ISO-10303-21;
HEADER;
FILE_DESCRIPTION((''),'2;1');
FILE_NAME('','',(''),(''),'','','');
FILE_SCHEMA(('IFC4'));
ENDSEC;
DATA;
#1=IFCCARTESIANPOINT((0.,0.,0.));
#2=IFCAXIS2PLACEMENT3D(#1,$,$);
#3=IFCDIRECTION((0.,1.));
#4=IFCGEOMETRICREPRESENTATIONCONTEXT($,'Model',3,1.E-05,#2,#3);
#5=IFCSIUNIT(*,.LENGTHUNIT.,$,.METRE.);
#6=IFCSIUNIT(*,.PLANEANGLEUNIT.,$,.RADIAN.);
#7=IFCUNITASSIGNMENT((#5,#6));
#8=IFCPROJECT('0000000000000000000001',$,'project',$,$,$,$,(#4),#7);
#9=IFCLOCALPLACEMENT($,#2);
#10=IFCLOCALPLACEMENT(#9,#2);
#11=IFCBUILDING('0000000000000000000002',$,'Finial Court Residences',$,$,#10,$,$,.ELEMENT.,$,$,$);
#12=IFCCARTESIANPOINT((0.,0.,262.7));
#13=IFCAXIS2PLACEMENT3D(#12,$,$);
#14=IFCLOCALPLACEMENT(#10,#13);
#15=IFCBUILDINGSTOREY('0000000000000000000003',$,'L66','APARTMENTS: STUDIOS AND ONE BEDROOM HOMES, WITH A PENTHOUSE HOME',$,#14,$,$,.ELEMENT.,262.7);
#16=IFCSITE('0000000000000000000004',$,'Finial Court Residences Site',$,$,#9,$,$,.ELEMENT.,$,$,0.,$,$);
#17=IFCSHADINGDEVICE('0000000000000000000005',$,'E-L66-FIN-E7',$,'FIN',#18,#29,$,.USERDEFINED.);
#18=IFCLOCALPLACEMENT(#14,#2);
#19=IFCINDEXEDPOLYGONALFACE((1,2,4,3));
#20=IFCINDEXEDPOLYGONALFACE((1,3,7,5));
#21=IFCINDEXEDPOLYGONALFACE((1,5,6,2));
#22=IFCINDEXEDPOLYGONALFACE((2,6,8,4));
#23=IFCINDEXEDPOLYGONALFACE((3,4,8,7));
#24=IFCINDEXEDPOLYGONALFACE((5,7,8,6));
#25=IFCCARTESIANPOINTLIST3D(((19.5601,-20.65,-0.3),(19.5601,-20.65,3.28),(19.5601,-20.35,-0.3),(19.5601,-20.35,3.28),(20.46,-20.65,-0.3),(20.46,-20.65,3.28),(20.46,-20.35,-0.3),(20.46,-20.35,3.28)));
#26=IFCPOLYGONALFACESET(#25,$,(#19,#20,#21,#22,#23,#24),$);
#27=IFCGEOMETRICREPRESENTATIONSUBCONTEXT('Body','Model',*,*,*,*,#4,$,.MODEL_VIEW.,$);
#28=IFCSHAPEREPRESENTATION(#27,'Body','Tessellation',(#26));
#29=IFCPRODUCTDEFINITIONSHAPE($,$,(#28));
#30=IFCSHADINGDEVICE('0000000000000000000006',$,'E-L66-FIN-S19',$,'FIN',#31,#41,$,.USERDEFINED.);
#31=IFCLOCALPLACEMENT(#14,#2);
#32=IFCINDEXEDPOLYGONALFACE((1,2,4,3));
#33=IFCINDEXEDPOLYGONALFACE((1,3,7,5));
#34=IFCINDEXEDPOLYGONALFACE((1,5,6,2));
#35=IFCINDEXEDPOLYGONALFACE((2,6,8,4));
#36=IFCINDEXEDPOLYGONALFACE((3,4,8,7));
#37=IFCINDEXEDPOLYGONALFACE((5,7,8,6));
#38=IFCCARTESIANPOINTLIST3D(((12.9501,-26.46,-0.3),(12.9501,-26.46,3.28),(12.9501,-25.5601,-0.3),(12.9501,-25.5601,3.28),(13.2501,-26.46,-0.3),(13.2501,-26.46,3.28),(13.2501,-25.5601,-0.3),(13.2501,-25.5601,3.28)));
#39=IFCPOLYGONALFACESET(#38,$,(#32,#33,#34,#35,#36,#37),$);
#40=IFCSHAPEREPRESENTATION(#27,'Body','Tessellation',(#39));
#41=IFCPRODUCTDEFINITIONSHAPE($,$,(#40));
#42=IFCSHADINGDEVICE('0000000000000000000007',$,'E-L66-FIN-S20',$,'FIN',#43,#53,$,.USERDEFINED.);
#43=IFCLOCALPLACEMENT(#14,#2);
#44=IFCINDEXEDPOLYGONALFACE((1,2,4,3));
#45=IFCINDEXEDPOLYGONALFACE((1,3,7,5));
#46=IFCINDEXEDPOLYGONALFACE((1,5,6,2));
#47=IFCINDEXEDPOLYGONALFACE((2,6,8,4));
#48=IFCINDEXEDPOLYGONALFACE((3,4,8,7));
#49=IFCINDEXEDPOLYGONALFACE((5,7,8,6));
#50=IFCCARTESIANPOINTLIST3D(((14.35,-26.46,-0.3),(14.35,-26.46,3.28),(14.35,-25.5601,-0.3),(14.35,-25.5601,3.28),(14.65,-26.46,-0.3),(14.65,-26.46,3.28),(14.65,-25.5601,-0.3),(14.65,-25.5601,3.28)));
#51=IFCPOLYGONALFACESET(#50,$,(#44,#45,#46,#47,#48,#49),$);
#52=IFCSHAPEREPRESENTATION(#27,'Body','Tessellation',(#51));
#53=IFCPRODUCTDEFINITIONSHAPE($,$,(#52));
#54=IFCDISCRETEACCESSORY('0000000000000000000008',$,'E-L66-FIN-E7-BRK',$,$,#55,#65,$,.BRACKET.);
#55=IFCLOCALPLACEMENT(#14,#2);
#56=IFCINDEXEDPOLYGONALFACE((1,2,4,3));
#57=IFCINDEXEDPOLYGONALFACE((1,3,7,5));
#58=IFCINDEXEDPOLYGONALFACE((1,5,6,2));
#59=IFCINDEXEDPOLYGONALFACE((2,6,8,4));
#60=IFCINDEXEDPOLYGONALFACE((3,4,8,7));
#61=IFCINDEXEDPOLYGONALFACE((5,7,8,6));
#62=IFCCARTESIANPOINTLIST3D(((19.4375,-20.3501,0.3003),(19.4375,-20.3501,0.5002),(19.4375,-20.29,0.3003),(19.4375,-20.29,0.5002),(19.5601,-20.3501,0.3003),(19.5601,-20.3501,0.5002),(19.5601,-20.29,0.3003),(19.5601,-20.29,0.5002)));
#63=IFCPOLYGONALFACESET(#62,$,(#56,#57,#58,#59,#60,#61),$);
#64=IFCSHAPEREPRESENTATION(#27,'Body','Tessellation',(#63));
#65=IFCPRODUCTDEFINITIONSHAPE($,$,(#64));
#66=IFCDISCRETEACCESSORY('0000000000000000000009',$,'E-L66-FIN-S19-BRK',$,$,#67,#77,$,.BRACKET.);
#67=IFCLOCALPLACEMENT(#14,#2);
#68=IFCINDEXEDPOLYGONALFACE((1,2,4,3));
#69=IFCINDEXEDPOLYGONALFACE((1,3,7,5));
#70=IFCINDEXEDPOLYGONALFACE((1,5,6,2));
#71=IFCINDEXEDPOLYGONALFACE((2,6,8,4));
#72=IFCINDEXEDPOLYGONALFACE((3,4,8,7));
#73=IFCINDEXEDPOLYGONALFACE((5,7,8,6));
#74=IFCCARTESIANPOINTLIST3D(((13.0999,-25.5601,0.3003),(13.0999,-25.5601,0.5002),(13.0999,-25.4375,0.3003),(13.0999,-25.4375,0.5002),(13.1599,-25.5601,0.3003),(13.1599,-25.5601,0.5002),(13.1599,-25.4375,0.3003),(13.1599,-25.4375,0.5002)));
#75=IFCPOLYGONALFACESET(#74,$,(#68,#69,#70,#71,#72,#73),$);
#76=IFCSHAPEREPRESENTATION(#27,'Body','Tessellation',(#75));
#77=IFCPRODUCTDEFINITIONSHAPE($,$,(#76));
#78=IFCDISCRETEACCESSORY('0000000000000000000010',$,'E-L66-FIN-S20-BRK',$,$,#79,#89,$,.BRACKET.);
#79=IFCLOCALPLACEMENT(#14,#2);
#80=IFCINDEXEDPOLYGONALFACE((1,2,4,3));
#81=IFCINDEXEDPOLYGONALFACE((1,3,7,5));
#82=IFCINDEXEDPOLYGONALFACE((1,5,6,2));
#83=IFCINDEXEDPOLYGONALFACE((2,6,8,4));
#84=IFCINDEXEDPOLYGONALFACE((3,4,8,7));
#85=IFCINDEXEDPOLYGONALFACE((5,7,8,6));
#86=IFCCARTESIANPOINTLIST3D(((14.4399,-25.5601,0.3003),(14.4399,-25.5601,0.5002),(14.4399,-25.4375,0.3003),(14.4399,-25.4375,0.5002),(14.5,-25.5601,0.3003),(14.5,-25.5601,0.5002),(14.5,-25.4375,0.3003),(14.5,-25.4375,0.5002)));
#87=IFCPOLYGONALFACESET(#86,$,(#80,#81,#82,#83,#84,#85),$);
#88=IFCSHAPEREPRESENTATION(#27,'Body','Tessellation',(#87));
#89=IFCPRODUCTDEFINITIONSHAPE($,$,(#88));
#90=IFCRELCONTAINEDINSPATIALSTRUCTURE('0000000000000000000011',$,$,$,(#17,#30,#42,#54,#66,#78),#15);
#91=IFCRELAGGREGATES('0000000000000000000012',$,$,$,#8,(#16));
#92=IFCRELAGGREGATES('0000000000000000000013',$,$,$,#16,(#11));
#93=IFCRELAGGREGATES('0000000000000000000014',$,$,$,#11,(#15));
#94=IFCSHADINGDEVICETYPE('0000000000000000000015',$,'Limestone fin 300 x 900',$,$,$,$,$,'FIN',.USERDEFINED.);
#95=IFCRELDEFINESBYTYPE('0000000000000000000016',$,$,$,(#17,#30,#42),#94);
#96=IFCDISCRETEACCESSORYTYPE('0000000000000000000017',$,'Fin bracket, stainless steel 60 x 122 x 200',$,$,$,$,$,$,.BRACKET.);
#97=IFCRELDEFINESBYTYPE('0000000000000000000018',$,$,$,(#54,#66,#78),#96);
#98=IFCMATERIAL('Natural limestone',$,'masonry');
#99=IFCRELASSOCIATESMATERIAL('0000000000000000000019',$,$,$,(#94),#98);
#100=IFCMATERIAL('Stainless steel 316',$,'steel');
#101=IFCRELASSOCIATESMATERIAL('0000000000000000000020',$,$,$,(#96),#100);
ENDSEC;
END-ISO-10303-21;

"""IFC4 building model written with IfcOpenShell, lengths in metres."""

from ifc_helpers import new_model, si_unit, direction, frame, origin, origin_2d, place, context, subcontext, project, spatial, rectangle, extrude, material, type_object, element, save


model = new_model("IFC4")

# Units and contexts
model_context = context("Model", 3, precision=1e-05, world=origin(), true_north=direction((0.0, 1.0)))
body_context = subcontext(model_context, "Body", "Model", "MODEL_VIEW")
ifc_project = project(units=[si_unit("LENGTHUNIT", "METRE"), si_unit("PLANEANGLEUNIT", "RADIAN")], contexts=[model_context])

# Site, building, storey
site_placement = place(None, origin())
site = spatial("IfcSite", under=ifc_project, at=site_placement, Name="Finial Court Residences Site", CompositionType="ELEMENT", RefElevation=0.0)
building_placement = place(site_placement, origin())
building = spatial("IfcBuilding", under=site, at=building_placement, Name="Finial Court Residences", CompositionType="ELEMENT")
storey_placement = place(building_placement, frame((0.0, 0.0, 262.7)))
storey = spatial("IfcBuildingStorey", under=building, at=storey_placement, Name="L66", Description="APARTMENTS: STUDIOS AND ONE BEDROOM HOMES, WITH A PENTHOUSE HOME", CompositionType="ELEMENT", Elevation=262.7)

# Shared definitions
ifc_material_1 = material(Name="Natural limestone", Category="masonry")

# Shading devices
shading_device_type = type_object("IfcShadingDeviceType", Name="Limestone fin 300 x 900", ElementType="FIN", PredefinedType="USERDEFINED", material=ifc_material_1)
shading_device_placement = place(storey_placement, frame((20.01, -20.5, -0.3), z_axis=(0.0, 0.0, 1.0), x_axis=(1.0, 0.0, 0.0)))
element("IfcShadingDevice", 1, at=shading_device_placement, inside=storey, type_object=shading_device_type, Name="E-L66-FIN-E7", ObjectType="FIN", PredefinedType="USERDEFINED", context=body_context, shape_type="SweptSolid", body=[
    extrude(rectangle(XDim=0.8999, YDim=0.3, at=origin_2d()), origin(), (0.0, 0.0, 1.0), 3.5801),
])
for number, where, z_axis, x_axis, name in (
    (2, (13.1001, -26.01, -0.3), (0.0, 0.0, 1.0), (1.0, 0.0, 0.0), "E-L66-FIN-S19"),
    (3, (14.5, -26.01, -0.3), (0.0, 0.0, 1.0), (1.0, 0.0, 0.0), "E-L66-FIN-S20"),
):
    element("IfcShadingDevice", number, at=place(storey_placement, frame(where, z_axis=z_axis, x_axis=x_axis)), inside=storey, type_object=shading_device_type, Name=name, ObjectType="FIN", PredefinedType="USERDEFINED", context=body_context, shape_type="SweptSolid", body=[
        extrude(rectangle(XDim=0.3, YDim=0.8999, at=origin_2d()), origin(), (0.0, 0.0, 1.0), 3.5801),
    ])

# Discrete accessories
ifc_material_2 = material(Name="Stainless steel 316", Category="steel")
discrete_accessory_type = type_object("IfcDiscreteAccessoryType", Name="Fin bracket, stainless steel 60 x 122 x 200", PredefinedType="BRACKET", material=ifc_material_2)
discrete_accessory_placement = place(storey_placement, frame((19.4988, -20.3201, 0.3003), z_axis=(0.0, 0.0, 1.0), x_axis=(1.0, 0.0, 0.0)))
element("IfcDiscreteAccessory", 4, at=discrete_accessory_placement, inside=storey, type_object=discrete_accessory_type, Name="E-L66-FIN-E7-BRK", PredefinedType="BRACKET", context=body_context, shape_type="SweptSolid", body=[
    extrude(rectangle(XDim=0.1226, YDim=0.0601, at=origin_2d()), origin(), (0.0, 0.0, 1.0), 0.2),
])
for number, where, z_axis, x_axis, name in (
    (5, (13.1299, -25.4988, 0.3003), (0.0, 0.0, 1.0), (1.0, 0.0, 0.0), "E-L66-FIN-S19-BRK"),
    (6, (14.47, -25.4988, 0.3003), (0.0, 0.0, 1.0), (1.0, 0.0, 0.0), "E-L66-FIN-S20-BRK"),
):
    element("IfcDiscreteAccessory", number, at=place(storey_placement, frame(where, z_axis=z_axis, x_axis=x_axis)), inside=storey, type_object=discrete_accessory_type, Name=name, PredefinedType="BRACKET", context=body_context, shape_type="SweptSolid", body=[
        extrude(rectangle(XDim=0.0601, YDim=0.1226, at=origin_2d()), origin(), (0.0, 0.0, 1.0), 0.2),
    ])

save(model, "model.ifc")
